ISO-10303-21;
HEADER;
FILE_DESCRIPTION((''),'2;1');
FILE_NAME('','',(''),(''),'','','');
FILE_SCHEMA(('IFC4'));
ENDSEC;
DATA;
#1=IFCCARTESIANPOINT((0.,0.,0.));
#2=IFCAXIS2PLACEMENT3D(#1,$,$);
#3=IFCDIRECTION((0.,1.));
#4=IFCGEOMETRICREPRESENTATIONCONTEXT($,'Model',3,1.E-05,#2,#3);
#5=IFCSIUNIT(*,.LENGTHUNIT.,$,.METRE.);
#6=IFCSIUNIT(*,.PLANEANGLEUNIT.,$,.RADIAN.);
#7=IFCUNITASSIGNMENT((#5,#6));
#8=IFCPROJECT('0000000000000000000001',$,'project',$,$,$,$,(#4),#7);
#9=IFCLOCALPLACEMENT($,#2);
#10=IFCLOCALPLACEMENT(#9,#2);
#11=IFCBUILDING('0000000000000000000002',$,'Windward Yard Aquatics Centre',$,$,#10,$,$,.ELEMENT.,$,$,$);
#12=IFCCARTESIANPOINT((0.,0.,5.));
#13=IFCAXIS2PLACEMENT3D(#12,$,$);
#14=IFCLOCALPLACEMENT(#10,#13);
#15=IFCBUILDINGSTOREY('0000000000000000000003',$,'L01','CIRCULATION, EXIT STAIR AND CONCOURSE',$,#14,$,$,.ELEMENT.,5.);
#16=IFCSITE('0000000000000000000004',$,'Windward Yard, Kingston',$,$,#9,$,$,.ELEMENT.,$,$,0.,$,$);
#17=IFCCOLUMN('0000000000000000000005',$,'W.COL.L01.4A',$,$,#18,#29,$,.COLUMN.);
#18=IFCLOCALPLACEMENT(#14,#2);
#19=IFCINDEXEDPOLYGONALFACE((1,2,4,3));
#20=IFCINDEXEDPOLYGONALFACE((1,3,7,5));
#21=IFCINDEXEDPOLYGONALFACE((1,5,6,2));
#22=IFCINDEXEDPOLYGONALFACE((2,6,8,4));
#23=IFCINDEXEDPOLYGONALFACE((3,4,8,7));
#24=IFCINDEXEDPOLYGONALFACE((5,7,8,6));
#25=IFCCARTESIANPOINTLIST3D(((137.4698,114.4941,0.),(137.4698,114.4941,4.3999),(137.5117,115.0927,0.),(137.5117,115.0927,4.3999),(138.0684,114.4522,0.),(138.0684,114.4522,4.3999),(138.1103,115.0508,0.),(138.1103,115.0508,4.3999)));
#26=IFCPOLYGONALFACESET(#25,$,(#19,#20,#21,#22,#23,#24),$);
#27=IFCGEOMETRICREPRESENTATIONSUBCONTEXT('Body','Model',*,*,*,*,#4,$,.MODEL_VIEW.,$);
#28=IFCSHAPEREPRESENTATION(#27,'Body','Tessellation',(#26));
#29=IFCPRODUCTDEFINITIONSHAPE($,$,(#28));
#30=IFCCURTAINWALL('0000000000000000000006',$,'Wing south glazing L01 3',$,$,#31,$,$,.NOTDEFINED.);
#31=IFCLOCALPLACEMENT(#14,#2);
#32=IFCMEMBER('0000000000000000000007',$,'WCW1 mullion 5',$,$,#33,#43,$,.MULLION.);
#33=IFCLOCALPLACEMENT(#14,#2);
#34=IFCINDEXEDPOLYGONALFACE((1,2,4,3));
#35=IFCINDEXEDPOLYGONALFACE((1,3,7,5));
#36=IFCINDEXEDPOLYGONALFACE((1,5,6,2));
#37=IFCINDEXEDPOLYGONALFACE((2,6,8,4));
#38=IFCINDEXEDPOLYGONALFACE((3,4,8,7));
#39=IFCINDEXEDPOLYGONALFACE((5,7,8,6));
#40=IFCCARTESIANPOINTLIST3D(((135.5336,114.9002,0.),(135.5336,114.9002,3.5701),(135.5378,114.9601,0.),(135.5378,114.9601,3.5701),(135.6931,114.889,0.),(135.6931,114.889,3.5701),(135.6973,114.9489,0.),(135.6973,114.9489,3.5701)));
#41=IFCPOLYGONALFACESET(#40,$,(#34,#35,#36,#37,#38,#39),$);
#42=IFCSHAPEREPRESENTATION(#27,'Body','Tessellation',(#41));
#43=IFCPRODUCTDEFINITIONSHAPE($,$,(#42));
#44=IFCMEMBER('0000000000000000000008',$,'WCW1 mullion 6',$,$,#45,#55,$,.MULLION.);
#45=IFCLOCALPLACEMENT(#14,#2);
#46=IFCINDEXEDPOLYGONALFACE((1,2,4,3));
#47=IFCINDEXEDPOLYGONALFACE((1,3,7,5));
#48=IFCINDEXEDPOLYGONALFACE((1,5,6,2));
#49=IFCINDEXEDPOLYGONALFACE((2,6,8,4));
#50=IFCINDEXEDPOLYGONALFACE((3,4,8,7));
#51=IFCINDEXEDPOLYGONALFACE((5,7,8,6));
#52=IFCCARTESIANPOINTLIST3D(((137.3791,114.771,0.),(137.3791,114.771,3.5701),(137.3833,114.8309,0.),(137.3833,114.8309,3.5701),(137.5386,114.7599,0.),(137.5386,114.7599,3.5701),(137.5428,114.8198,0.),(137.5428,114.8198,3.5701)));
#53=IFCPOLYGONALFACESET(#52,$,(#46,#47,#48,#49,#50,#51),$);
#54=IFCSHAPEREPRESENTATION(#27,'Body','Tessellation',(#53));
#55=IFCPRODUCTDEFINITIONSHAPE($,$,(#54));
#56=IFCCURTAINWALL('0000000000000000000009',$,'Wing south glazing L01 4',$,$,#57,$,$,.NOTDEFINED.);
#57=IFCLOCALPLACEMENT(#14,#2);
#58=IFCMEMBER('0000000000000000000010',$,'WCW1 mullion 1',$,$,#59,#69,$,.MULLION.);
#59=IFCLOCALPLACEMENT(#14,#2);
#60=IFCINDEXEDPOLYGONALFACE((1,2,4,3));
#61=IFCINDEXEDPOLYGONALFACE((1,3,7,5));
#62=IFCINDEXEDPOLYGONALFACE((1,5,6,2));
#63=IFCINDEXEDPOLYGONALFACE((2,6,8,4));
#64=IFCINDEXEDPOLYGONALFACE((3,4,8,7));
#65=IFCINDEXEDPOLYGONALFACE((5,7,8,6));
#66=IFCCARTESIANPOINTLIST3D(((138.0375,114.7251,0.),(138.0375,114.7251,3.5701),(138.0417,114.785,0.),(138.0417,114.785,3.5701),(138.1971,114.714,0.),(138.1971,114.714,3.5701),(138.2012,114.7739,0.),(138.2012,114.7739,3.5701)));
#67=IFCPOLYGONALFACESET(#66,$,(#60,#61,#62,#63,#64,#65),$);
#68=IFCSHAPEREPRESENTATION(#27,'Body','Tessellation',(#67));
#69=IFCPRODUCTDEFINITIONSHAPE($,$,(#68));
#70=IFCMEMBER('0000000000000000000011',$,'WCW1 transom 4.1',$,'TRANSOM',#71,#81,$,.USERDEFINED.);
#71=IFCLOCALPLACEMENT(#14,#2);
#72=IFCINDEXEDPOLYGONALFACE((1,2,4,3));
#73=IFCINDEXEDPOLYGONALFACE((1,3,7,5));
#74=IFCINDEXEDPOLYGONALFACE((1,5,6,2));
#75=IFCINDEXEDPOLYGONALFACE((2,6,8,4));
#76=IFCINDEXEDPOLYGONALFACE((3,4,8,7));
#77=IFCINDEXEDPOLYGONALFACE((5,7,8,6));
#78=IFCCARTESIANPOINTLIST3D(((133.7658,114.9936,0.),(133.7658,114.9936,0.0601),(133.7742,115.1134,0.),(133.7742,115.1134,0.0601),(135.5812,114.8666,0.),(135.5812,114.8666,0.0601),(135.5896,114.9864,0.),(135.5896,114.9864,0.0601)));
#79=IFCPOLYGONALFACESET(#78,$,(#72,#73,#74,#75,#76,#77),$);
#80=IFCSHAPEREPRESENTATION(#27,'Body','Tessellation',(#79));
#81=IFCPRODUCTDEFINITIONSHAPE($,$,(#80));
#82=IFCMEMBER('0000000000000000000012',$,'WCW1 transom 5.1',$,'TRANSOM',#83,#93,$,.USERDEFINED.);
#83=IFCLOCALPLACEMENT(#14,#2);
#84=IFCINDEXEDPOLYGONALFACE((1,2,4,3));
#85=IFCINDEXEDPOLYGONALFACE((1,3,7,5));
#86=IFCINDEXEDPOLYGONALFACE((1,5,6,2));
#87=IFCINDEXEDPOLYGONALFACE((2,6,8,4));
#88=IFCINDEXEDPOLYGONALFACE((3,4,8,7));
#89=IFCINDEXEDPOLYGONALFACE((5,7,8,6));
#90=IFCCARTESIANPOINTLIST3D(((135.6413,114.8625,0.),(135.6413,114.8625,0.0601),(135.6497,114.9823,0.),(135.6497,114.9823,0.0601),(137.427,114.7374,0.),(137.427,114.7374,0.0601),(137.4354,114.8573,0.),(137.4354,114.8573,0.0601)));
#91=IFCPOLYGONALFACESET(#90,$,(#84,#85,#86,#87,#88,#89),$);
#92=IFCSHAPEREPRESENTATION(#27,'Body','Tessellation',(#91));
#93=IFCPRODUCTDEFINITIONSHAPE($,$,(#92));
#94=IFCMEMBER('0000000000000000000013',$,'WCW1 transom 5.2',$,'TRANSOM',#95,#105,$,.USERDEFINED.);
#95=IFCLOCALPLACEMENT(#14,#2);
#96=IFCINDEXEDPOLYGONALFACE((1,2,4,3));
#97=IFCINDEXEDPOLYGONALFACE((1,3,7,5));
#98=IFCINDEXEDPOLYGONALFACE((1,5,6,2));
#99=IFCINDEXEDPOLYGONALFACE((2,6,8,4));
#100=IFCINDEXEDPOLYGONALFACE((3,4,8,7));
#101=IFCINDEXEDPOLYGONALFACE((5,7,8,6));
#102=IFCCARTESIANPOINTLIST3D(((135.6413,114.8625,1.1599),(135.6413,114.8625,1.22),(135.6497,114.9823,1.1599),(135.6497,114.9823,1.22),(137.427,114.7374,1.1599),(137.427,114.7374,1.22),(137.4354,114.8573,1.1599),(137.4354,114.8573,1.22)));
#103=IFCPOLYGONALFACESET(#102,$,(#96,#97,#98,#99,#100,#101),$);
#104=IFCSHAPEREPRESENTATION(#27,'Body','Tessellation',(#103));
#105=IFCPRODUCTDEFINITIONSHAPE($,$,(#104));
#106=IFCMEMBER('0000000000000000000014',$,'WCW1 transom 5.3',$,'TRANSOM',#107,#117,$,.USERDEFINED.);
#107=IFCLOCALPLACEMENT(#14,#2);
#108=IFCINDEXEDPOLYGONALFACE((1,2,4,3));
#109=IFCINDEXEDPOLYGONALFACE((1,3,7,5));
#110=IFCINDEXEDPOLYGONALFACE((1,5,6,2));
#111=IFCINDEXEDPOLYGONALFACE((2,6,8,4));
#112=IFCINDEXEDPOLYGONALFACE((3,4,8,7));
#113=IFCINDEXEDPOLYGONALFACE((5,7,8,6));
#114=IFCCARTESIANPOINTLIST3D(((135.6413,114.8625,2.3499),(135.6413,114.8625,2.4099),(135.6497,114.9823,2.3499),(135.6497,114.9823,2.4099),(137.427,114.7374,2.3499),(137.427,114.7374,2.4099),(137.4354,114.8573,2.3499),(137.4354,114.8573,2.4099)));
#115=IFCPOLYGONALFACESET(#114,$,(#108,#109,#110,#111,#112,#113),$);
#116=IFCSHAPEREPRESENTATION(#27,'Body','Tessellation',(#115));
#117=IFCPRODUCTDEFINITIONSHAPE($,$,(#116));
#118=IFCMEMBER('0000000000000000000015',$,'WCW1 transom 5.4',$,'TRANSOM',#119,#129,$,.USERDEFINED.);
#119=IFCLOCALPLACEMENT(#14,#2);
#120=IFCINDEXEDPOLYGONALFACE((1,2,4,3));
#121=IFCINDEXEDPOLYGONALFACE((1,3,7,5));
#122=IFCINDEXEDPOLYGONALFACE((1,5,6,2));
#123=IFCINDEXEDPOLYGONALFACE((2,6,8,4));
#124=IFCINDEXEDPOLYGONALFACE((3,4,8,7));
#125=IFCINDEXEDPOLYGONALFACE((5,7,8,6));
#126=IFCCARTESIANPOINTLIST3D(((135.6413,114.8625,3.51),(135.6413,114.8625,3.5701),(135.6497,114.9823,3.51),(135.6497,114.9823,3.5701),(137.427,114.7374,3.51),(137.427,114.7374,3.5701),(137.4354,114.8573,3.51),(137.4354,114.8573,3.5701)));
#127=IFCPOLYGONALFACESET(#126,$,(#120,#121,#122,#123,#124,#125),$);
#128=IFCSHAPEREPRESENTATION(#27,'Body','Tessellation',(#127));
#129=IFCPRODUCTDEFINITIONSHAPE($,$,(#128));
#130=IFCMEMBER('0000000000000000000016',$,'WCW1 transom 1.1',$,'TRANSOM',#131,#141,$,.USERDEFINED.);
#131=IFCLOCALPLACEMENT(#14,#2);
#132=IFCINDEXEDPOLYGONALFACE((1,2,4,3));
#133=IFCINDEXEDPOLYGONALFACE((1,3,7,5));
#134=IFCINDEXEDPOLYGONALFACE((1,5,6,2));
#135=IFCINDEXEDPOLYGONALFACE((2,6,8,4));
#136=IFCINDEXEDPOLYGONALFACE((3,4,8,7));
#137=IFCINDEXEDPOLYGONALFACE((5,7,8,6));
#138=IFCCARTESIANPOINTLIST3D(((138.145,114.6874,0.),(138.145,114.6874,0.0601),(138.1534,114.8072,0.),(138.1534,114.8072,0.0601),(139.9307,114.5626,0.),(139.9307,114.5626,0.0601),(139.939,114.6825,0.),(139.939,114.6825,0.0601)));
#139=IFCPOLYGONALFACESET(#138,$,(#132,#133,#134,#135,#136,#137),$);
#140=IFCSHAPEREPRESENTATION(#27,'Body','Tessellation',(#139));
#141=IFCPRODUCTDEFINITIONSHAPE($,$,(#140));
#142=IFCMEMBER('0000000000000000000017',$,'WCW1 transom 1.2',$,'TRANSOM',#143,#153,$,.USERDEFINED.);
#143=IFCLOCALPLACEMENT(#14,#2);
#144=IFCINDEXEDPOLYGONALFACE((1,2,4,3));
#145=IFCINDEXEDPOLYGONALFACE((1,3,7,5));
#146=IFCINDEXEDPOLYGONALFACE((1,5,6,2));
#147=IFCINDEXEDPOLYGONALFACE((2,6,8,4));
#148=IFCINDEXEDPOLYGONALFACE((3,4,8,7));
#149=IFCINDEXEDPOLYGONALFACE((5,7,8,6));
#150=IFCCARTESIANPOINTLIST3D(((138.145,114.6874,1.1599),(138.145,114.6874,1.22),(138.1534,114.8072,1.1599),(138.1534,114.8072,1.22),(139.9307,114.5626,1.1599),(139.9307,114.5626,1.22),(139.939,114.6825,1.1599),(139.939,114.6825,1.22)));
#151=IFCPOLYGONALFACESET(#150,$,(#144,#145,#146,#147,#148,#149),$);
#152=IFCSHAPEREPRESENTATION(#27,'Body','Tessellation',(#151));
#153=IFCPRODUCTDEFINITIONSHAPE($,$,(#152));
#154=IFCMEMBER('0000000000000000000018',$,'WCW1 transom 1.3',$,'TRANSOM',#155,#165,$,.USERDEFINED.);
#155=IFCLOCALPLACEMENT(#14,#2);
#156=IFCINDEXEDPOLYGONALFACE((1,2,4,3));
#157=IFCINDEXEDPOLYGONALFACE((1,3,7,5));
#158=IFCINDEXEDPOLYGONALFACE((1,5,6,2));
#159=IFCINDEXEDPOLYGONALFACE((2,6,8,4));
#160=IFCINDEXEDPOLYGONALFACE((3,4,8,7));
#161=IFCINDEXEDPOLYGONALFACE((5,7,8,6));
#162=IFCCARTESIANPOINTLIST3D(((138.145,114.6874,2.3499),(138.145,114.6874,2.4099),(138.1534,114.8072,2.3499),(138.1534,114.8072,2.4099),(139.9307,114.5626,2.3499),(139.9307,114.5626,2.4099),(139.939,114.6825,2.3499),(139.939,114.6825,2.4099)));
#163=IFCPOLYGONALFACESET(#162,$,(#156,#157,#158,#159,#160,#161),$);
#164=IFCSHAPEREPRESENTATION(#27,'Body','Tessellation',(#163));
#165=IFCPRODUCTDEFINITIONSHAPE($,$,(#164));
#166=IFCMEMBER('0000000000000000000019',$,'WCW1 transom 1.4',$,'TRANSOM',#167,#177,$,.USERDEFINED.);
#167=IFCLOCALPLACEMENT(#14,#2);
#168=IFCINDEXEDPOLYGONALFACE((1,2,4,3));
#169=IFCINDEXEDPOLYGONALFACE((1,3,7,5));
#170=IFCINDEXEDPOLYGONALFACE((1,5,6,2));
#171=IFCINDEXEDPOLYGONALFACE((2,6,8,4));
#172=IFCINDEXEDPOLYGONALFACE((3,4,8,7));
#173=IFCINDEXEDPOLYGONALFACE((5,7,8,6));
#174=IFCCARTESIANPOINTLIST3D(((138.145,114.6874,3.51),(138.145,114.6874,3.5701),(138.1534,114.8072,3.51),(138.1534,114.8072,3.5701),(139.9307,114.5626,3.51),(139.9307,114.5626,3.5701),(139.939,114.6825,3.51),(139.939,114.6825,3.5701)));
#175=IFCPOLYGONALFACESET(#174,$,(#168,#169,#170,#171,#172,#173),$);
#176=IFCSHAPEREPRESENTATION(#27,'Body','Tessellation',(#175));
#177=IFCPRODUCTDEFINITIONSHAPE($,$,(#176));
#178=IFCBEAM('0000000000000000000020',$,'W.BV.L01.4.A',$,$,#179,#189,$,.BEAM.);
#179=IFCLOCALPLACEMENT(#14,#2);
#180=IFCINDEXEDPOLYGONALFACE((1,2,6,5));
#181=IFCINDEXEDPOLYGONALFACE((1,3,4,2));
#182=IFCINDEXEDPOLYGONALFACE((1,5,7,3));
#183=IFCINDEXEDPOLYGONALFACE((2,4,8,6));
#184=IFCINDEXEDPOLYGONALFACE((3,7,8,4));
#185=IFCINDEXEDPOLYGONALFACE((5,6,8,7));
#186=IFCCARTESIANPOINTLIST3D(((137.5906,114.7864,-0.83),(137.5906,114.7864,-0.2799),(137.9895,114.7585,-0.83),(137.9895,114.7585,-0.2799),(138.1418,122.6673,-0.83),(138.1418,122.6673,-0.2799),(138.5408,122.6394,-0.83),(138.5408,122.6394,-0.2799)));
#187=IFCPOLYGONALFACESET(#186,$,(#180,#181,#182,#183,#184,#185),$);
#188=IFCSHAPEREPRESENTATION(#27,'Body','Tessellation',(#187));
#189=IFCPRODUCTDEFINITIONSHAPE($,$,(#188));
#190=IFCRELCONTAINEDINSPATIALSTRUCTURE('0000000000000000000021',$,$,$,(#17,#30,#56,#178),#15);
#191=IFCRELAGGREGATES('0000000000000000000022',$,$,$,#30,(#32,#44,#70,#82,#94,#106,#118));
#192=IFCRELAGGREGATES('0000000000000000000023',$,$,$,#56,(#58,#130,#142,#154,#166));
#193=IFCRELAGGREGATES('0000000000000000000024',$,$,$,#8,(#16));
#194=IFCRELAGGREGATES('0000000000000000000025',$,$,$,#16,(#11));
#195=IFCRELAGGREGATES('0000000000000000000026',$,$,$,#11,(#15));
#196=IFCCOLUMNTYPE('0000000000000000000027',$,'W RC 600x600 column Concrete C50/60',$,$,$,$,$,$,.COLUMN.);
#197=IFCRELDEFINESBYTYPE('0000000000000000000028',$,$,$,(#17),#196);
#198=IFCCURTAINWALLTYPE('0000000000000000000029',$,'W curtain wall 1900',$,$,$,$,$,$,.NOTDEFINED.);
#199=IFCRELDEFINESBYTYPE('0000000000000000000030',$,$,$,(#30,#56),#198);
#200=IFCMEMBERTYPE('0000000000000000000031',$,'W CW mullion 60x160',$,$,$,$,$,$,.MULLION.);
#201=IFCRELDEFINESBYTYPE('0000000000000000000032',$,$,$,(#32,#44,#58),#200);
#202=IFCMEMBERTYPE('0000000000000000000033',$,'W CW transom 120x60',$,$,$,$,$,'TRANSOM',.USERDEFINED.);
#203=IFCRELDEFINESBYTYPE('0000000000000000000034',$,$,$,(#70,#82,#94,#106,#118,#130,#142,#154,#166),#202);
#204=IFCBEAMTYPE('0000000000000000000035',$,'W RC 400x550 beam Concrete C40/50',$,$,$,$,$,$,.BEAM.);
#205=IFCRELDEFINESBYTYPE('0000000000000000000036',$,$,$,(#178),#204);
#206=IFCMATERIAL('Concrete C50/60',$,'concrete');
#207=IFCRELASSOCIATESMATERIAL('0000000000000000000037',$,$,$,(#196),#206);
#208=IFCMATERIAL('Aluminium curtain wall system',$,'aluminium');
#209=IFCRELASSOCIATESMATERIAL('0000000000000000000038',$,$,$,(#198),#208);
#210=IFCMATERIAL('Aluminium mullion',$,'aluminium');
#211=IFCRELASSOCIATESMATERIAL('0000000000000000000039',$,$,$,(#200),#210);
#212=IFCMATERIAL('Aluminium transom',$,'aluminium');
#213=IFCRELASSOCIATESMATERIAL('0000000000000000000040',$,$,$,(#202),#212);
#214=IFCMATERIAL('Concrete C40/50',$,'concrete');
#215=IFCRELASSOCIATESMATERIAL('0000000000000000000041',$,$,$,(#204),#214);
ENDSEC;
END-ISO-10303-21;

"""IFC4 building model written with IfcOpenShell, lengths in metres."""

from ifc_helpers import new_model, si_unit, direction, frame, origin, origin_2d, place, context, subcontext, project, spatial, rectangle, extrude, material, material_profile, profile_set, type_object, element, aggregate, save


model = new_model("IFC4")

# Units and contexts
model_context = context("Model", 3, precision=1e-05, world=origin(), true_north=direction((0.0, 1.0)))
body_context = subcontext(model_context, "Body", "Model", "MODEL_VIEW")
ifc_project = project(units=[si_unit("LENGTHUNIT", "METRE"), si_unit("PLANEANGLEUNIT", "RADIAN")], contexts=[model_context])

# Site, building, storey
site_placement = place(None, origin())
site = spatial("IfcSite", under=ifc_project, at=site_placement, Name="Windward Yard, Kingston", CompositionType="ELEMENT", RefElevation=0.0)
building_placement = place(site_placement, origin())
building = spatial("IfcBuilding", under=site, at=building_placement, Name="Windward Yard Aquatics Centre", CompositionType="ELEMENT")
storey_placement = place(building_placement, frame((0.0, 0.0, 5.0)))
storey = spatial("IfcBuildingStorey", under=building, at=storey_placement, Name="L01", Description="CIRCULATION, EXIT STAIR AND CONCOURSE", CompositionType="ELEMENT", Elevation=5.0)

# Column
ifc_material_1 = material(Name="Concrete C50/60", Category="concrete")
ifc_material_profile_1 = material_profile(ifc_material_1, rectangle(XDim=0.6001, YDim=0.6001, at=origin_2d()), Name="RC 600x600")
ifc_profile_set_1 = profile_set([ifc_material_profile_1], Name="Concrete C50/60")
column_type = type_object("IfcColumnType", Name="W RC 600x600 column Concrete C50/60", PredefinedType="COLUMN", material=ifc_profile_set_1)
column_placement = place(storey_placement, frame((137.79, 114.7725, 0.0), z_axis=(0.0, 0.0, 1.0), x_axis=(0.997564, -0.069756, 0.0)))
element("IfcColumn", 1, at=column_placement, inside=storey, type_object=column_type, Name="W.COL.L01.4A", PredefinedType="COLUMN", context=body_context, shape_type="SweptSolid", body=[
    extrude(rectangle(XDim=0.6001, YDim=0.6001, at=origin_2d()), origin(), (0.0, 0.0, 1.0), 4.3999),
])

# Curtain wall, members
ifc_material_2 = material(Name="Aluminium curtain wall system", Category="aluminium")
curtain_wall_type = type_object("IfcCurtainWallType", Name="W curtain wall 1900", PredefinedType="NOTDEFINED", material=ifc_material_2)
curtain_wall_1_placement = place(storey_placement, origin())
curtain_wall_1 = element("IfcCurtainWall", 2, at=curtain_wall_1_placement, inside=storey, type_object=curtain_wall_type, Name="Wing south glazing L01 3", PredefinedType="NOTDEFINED")
ifc_material_3 = material(Name="Aluminium mullion", Category="aluminium")
ifc_material_profile_2 = material_profile(ifc_material_3, rectangle(XDim=0.0601, YDim=0.1599, at=origin_2d()), Name="AL 60x160")
ifc_profile_set_2 = profile_set([ifc_material_profile_2], Name="Aluminium mullion")
member_type_1 = type_object("IfcMemberType", Name="W CW mullion 60x160", PredefinedType="MULLION", material=ifc_profile_set_2)
member_1_placement = place(storey_placement, frame((135.6155, 114.9246, 0.0), z_axis=(0.0, 0.0, 1.0), x_axis=(0.069755, 0.997564, 0.0)))
member_1 = element("IfcMember", 3, at=member_1_placement, type_object=member_type_1, Name="WCW1 mullion 5", PredefinedType="MULLION", context=body_context, shape_type="SweptSolid", body=[
    extrude(rectangle(XDim=0.0601, YDim=0.1599, at=origin_2d()), origin(), (0.0, 0.0, 1.0), 3.5701),
])
member_2_placement = place(storey_placement, frame((137.4609, 114.7954, 0.0), z_axis=(0.0, 0.0, 1.0), x_axis=(0.069755, 0.997564, 0.0)))
member_2 = element("IfcMember", 4, at=member_2_placement, type_object=member_type_1, Name="WCW1 mullion 6", PredefinedType="MULLION", context=body_context, shape_type="SweptSolid", body=[
    extrude(rectangle(XDim=0.0601, YDim=0.1599, at=origin_2d()), origin(), (0.0, 0.0, 1.0), 3.5701),
])

# Curtain wall, member
curtain_wall_2_placement = place(storey_placement, origin())
curtain_wall_2 = element("IfcCurtainWall", 5, at=curtain_wall_2_placement, inside=storey, type_object=curtain_wall_type, Name="Wing south glazing L01 4", PredefinedType="NOTDEFINED")
member_3_placement = place(storey_placement, frame((138.1194, 114.7495, 0.0), z_axis=(0.0, 0.0, 1.0), x_axis=(0.069755, 0.997564, 0.0)))
member_3 = element("IfcMember", 6, at=member_3_placement, type_object=member_type_1, Name="WCW1 mullion 1", PredefinedType="MULLION", context=body_context, shape_type="SweptSolid", body=[
    extrude(rectangle(XDim=0.0601, YDim=0.1599, at=origin_2d()), origin(), (0.0, 0.0, 1.0), 3.5701),
])

# Members
ifc_material_4 = material(Name="Aluminium transom", Category="aluminium")
ifc_material_profile_3 = material_profile(ifc_material_4, rectangle(XDim=0.1201, YDim=0.0601, at=origin_2d()), Name="AL 120x60")
ifc_profile_set_3 = profile_set([ifc_material_profile_3], Name="Aluminium transom")
member_type_2 = type_object("IfcMemberType", Name="W CW transom 120x60", ElementType="TRANSOM", PredefinedType="USERDEFINED", material=ifc_profile_set_3)
member_4_placement = place(storey_placement, frame((133.77, 115.0535, 0.03), z_axis=(0.997564, -0.06976, 0.0), x_axis=(0.06976, 0.997564, 0.0)))
member_4 = element("IfcMember", 7, at=member_4_placement, type_object=member_type_2, Name="WCW1 transom 4.1", ObjectType="TRANSOM", PredefinedType="USERDEFINED", context=body_context, shape_type="SweptSolid", body=[
    extrude(rectangle(XDim=0.1201, YDim=0.0601, at=origin_2d()), origin(), (0.0, 0.0, 1.0), 1.8198),
])
member_5_placement = place(storey_placement, frame((135.6455, 114.9224, 0.03), z_axis=(0.997559, -0.069832, 0.0), x_axis=(0.069832, 0.997559, 0.0)))
member_5 = element("IfcMember", 8, at=member_5_placement, type_object=member_type_2, Name="WCW1 transom 5.1", ObjectType="TRANSOM", PredefinedType="USERDEFINED", context=body_context, shape_type="SweptSolid", body=[
    extrude(rectangle(XDim=0.1201, YDim=0.0601, at=origin_2d()), origin(), (0.0, 0.0, 1.0), 1.79),
])
member_6_placement = place(storey_placement, frame((135.6455, 114.9224, 1.1899), z_axis=(0.997559, -0.069832, 0.0), x_axis=(0.069832, 0.997559, 0.0)))
member_6 = element("IfcMember", 9, at=member_6_placement, type_object=member_type_2, Name="WCW1 transom 5.2", ObjectType="TRANSOM", PredefinedType="USERDEFINED", context=body_context, shape_type="SweptSolid", body=[
    extrude(rectangle(XDim=0.1201, YDim=0.0601, at=origin_2d()), origin(), (0.0, 0.0, 1.0), 1.79),
])
member_7_placement = place(storey_placement, frame((135.6455, 114.9224, 2.3799), z_axis=(0.997559, -0.069832, 0.0), x_axis=(0.069832, 0.997559, 0.0)))
member_7 = element("IfcMember", 10, at=member_7_placement, type_object=member_type_2, Name="WCW1 transom 5.3", ObjectType="TRANSOM", PredefinedType="USERDEFINED", context=body_context, shape_type="SweptSolid", body=[
    extrude(rectangle(XDim=0.1201, YDim=0.0601, at=origin_2d()), origin(), (0.0, 0.0, 1.0), 1.79),
])
member_8_placement = place(storey_placement, frame((135.6455, 114.9224, 3.54), z_axis=(0.997559, -0.069832, 0.0), x_axis=(0.069832, 0.997559, 0.0)))
member_8 = element("IfcMember", 11, at=member_8_placement, type_object=member_type_2, Name="WCW1 transom 5.4", ObjectType="TRANSOM", PredefinedType="USERDEFINED", context=body_context, shape_type="SweptSolid", body=[
    extrude(rectangle(XDim=0.1201, YDim=0.0601, at=origin_2d()), origin(), (0.0, 0.0, 1.0), 1.79),
])
member_9_placement = place(storey_placement, frame((138.1492, 114.7473, 0.03), z_axis=(0.997568, -0.069696, 0.0), x_axis=(0.069696, 0.997568, 0.0)))
member_9 = element("IfcMember", 12, at=member_9_placement, type_object=member_type_2, Name="WCW1 transom 1.1", ObjectType="TRANSOM", PredefinedType="USERDEFINED", context=body_context, shape_type="SweptSolid", body=[
    extrude(rectangle(XDim=0.1201, YDim=0.0601, at=origin_2d()), origin(), (0.0, 0.0, 1.0), 1.79),
])
member_10_placement = place(storey_placement, frame((138.1492, 114.7473, 1.1899), z_axis=(0.997568, -0.069696, 0.0), x_axis=(0.069696, 0.997568, 0.0)))
member_10 = element("IfcMember", 13, at=member_10_placement, type_object=member_type_2, Name="WCW1 transom 1.2", ObjectType="TRANSOM", PredefinedType="USERDEFINED", context=body_context, shape_type="SweptSolid", body=[
    extrude(rectangle(XDim=0.1201, YDim=0.0601, at=origin_2d()), origin(), (0.0, 0.0, 1.0), 1.79),
])
member_11_placement = place(storey_placement, frame((138.1492, 114.7473, 2.3799), z_axis=(0.997568, -0.069696, 0.0), x_axis=(0.069696, 0.997568, 0.0)))
member_11 = element("IfcMember", 14, at=member_11_placement, type_object=member_type_2, Name="WCW1 transom 1.3", ObjectType="TRANSOM", PredefinedType="USERDEFINED", context=body_context, shape_type="SweptSolid", body=[
    extrude(rectangle(XDim=0.1201, YDim=0.0601, at=origin_2d()), origin(), (0.0, 0.0, 1.0), 1.79),
])
member_12_placement = place(storey_placement, frame((138.1492, 114.7473, 3.54), z_axis=(0.997568, -0.069696, 0.0), x_axis=(0.069696, 0.997568, 0.0)))
member_12 = element("IfcMember", 15, at=member_12_placement, type_object=member_type_2, Name="WCW1 transom 1.4", ObjectType="TRANSOM", PredefinedType="USERDEFINED", context=body_context, shape_type="SweptSolid", body=[
    extrude(rectangle(XDim=0.1201, YDim=0.0601, at=origin_2d()), origin(), (0.0, 0.0, 1.0), 1.79),
])

# Beam
ifc_material_5 = material(Name="Concrete C40/50", Category="concrete")
ifc_material_profile_4 = material_profile(ifc_material_5, rectangle(XDim=0.3999, YDim=0.55, at=origin_2d()), Name="RC 400x550")
ifc_profile_set_4 = profile_set([ifc_material_profile_4], Name="Concrete C40/50")
beam_type_1 = type_object("IfcBeamType", Name="W RC 400x550 beam Concrete C40/50", PredefinedType="BEAM", material=ifc_profile_set_4)
beam_1_placement = place(storey_placement, frame((137.79, 114.7725, -0.5549), z_axis=(0.06978, 0.997562, 0.0), x_axis=(-0.997562, 0.06978, 0.0)))
element("IfcBeam", 16, at=beam_1_placement, inside=storey, type_object=beam_type_1, Name="W.BV.L01.4.A", PredefinedType="BEAM", context=body_context, shape_type="SweptSolid", body=[
    extrude(rectangle(XDim=0.3999, YDim=0.55, at=origin_2d()), origin(), (0.0, 0.0, 1.0), 7.9001),
])

aggregate(curtain_wall_1, [member_1, member_2, member_4, member_5, member_6, member_7, member_8])
aggregate(curtain_wall_2, [member_3, member_9, member_10, member_11, member_12])

save(model, "model.ifc")
